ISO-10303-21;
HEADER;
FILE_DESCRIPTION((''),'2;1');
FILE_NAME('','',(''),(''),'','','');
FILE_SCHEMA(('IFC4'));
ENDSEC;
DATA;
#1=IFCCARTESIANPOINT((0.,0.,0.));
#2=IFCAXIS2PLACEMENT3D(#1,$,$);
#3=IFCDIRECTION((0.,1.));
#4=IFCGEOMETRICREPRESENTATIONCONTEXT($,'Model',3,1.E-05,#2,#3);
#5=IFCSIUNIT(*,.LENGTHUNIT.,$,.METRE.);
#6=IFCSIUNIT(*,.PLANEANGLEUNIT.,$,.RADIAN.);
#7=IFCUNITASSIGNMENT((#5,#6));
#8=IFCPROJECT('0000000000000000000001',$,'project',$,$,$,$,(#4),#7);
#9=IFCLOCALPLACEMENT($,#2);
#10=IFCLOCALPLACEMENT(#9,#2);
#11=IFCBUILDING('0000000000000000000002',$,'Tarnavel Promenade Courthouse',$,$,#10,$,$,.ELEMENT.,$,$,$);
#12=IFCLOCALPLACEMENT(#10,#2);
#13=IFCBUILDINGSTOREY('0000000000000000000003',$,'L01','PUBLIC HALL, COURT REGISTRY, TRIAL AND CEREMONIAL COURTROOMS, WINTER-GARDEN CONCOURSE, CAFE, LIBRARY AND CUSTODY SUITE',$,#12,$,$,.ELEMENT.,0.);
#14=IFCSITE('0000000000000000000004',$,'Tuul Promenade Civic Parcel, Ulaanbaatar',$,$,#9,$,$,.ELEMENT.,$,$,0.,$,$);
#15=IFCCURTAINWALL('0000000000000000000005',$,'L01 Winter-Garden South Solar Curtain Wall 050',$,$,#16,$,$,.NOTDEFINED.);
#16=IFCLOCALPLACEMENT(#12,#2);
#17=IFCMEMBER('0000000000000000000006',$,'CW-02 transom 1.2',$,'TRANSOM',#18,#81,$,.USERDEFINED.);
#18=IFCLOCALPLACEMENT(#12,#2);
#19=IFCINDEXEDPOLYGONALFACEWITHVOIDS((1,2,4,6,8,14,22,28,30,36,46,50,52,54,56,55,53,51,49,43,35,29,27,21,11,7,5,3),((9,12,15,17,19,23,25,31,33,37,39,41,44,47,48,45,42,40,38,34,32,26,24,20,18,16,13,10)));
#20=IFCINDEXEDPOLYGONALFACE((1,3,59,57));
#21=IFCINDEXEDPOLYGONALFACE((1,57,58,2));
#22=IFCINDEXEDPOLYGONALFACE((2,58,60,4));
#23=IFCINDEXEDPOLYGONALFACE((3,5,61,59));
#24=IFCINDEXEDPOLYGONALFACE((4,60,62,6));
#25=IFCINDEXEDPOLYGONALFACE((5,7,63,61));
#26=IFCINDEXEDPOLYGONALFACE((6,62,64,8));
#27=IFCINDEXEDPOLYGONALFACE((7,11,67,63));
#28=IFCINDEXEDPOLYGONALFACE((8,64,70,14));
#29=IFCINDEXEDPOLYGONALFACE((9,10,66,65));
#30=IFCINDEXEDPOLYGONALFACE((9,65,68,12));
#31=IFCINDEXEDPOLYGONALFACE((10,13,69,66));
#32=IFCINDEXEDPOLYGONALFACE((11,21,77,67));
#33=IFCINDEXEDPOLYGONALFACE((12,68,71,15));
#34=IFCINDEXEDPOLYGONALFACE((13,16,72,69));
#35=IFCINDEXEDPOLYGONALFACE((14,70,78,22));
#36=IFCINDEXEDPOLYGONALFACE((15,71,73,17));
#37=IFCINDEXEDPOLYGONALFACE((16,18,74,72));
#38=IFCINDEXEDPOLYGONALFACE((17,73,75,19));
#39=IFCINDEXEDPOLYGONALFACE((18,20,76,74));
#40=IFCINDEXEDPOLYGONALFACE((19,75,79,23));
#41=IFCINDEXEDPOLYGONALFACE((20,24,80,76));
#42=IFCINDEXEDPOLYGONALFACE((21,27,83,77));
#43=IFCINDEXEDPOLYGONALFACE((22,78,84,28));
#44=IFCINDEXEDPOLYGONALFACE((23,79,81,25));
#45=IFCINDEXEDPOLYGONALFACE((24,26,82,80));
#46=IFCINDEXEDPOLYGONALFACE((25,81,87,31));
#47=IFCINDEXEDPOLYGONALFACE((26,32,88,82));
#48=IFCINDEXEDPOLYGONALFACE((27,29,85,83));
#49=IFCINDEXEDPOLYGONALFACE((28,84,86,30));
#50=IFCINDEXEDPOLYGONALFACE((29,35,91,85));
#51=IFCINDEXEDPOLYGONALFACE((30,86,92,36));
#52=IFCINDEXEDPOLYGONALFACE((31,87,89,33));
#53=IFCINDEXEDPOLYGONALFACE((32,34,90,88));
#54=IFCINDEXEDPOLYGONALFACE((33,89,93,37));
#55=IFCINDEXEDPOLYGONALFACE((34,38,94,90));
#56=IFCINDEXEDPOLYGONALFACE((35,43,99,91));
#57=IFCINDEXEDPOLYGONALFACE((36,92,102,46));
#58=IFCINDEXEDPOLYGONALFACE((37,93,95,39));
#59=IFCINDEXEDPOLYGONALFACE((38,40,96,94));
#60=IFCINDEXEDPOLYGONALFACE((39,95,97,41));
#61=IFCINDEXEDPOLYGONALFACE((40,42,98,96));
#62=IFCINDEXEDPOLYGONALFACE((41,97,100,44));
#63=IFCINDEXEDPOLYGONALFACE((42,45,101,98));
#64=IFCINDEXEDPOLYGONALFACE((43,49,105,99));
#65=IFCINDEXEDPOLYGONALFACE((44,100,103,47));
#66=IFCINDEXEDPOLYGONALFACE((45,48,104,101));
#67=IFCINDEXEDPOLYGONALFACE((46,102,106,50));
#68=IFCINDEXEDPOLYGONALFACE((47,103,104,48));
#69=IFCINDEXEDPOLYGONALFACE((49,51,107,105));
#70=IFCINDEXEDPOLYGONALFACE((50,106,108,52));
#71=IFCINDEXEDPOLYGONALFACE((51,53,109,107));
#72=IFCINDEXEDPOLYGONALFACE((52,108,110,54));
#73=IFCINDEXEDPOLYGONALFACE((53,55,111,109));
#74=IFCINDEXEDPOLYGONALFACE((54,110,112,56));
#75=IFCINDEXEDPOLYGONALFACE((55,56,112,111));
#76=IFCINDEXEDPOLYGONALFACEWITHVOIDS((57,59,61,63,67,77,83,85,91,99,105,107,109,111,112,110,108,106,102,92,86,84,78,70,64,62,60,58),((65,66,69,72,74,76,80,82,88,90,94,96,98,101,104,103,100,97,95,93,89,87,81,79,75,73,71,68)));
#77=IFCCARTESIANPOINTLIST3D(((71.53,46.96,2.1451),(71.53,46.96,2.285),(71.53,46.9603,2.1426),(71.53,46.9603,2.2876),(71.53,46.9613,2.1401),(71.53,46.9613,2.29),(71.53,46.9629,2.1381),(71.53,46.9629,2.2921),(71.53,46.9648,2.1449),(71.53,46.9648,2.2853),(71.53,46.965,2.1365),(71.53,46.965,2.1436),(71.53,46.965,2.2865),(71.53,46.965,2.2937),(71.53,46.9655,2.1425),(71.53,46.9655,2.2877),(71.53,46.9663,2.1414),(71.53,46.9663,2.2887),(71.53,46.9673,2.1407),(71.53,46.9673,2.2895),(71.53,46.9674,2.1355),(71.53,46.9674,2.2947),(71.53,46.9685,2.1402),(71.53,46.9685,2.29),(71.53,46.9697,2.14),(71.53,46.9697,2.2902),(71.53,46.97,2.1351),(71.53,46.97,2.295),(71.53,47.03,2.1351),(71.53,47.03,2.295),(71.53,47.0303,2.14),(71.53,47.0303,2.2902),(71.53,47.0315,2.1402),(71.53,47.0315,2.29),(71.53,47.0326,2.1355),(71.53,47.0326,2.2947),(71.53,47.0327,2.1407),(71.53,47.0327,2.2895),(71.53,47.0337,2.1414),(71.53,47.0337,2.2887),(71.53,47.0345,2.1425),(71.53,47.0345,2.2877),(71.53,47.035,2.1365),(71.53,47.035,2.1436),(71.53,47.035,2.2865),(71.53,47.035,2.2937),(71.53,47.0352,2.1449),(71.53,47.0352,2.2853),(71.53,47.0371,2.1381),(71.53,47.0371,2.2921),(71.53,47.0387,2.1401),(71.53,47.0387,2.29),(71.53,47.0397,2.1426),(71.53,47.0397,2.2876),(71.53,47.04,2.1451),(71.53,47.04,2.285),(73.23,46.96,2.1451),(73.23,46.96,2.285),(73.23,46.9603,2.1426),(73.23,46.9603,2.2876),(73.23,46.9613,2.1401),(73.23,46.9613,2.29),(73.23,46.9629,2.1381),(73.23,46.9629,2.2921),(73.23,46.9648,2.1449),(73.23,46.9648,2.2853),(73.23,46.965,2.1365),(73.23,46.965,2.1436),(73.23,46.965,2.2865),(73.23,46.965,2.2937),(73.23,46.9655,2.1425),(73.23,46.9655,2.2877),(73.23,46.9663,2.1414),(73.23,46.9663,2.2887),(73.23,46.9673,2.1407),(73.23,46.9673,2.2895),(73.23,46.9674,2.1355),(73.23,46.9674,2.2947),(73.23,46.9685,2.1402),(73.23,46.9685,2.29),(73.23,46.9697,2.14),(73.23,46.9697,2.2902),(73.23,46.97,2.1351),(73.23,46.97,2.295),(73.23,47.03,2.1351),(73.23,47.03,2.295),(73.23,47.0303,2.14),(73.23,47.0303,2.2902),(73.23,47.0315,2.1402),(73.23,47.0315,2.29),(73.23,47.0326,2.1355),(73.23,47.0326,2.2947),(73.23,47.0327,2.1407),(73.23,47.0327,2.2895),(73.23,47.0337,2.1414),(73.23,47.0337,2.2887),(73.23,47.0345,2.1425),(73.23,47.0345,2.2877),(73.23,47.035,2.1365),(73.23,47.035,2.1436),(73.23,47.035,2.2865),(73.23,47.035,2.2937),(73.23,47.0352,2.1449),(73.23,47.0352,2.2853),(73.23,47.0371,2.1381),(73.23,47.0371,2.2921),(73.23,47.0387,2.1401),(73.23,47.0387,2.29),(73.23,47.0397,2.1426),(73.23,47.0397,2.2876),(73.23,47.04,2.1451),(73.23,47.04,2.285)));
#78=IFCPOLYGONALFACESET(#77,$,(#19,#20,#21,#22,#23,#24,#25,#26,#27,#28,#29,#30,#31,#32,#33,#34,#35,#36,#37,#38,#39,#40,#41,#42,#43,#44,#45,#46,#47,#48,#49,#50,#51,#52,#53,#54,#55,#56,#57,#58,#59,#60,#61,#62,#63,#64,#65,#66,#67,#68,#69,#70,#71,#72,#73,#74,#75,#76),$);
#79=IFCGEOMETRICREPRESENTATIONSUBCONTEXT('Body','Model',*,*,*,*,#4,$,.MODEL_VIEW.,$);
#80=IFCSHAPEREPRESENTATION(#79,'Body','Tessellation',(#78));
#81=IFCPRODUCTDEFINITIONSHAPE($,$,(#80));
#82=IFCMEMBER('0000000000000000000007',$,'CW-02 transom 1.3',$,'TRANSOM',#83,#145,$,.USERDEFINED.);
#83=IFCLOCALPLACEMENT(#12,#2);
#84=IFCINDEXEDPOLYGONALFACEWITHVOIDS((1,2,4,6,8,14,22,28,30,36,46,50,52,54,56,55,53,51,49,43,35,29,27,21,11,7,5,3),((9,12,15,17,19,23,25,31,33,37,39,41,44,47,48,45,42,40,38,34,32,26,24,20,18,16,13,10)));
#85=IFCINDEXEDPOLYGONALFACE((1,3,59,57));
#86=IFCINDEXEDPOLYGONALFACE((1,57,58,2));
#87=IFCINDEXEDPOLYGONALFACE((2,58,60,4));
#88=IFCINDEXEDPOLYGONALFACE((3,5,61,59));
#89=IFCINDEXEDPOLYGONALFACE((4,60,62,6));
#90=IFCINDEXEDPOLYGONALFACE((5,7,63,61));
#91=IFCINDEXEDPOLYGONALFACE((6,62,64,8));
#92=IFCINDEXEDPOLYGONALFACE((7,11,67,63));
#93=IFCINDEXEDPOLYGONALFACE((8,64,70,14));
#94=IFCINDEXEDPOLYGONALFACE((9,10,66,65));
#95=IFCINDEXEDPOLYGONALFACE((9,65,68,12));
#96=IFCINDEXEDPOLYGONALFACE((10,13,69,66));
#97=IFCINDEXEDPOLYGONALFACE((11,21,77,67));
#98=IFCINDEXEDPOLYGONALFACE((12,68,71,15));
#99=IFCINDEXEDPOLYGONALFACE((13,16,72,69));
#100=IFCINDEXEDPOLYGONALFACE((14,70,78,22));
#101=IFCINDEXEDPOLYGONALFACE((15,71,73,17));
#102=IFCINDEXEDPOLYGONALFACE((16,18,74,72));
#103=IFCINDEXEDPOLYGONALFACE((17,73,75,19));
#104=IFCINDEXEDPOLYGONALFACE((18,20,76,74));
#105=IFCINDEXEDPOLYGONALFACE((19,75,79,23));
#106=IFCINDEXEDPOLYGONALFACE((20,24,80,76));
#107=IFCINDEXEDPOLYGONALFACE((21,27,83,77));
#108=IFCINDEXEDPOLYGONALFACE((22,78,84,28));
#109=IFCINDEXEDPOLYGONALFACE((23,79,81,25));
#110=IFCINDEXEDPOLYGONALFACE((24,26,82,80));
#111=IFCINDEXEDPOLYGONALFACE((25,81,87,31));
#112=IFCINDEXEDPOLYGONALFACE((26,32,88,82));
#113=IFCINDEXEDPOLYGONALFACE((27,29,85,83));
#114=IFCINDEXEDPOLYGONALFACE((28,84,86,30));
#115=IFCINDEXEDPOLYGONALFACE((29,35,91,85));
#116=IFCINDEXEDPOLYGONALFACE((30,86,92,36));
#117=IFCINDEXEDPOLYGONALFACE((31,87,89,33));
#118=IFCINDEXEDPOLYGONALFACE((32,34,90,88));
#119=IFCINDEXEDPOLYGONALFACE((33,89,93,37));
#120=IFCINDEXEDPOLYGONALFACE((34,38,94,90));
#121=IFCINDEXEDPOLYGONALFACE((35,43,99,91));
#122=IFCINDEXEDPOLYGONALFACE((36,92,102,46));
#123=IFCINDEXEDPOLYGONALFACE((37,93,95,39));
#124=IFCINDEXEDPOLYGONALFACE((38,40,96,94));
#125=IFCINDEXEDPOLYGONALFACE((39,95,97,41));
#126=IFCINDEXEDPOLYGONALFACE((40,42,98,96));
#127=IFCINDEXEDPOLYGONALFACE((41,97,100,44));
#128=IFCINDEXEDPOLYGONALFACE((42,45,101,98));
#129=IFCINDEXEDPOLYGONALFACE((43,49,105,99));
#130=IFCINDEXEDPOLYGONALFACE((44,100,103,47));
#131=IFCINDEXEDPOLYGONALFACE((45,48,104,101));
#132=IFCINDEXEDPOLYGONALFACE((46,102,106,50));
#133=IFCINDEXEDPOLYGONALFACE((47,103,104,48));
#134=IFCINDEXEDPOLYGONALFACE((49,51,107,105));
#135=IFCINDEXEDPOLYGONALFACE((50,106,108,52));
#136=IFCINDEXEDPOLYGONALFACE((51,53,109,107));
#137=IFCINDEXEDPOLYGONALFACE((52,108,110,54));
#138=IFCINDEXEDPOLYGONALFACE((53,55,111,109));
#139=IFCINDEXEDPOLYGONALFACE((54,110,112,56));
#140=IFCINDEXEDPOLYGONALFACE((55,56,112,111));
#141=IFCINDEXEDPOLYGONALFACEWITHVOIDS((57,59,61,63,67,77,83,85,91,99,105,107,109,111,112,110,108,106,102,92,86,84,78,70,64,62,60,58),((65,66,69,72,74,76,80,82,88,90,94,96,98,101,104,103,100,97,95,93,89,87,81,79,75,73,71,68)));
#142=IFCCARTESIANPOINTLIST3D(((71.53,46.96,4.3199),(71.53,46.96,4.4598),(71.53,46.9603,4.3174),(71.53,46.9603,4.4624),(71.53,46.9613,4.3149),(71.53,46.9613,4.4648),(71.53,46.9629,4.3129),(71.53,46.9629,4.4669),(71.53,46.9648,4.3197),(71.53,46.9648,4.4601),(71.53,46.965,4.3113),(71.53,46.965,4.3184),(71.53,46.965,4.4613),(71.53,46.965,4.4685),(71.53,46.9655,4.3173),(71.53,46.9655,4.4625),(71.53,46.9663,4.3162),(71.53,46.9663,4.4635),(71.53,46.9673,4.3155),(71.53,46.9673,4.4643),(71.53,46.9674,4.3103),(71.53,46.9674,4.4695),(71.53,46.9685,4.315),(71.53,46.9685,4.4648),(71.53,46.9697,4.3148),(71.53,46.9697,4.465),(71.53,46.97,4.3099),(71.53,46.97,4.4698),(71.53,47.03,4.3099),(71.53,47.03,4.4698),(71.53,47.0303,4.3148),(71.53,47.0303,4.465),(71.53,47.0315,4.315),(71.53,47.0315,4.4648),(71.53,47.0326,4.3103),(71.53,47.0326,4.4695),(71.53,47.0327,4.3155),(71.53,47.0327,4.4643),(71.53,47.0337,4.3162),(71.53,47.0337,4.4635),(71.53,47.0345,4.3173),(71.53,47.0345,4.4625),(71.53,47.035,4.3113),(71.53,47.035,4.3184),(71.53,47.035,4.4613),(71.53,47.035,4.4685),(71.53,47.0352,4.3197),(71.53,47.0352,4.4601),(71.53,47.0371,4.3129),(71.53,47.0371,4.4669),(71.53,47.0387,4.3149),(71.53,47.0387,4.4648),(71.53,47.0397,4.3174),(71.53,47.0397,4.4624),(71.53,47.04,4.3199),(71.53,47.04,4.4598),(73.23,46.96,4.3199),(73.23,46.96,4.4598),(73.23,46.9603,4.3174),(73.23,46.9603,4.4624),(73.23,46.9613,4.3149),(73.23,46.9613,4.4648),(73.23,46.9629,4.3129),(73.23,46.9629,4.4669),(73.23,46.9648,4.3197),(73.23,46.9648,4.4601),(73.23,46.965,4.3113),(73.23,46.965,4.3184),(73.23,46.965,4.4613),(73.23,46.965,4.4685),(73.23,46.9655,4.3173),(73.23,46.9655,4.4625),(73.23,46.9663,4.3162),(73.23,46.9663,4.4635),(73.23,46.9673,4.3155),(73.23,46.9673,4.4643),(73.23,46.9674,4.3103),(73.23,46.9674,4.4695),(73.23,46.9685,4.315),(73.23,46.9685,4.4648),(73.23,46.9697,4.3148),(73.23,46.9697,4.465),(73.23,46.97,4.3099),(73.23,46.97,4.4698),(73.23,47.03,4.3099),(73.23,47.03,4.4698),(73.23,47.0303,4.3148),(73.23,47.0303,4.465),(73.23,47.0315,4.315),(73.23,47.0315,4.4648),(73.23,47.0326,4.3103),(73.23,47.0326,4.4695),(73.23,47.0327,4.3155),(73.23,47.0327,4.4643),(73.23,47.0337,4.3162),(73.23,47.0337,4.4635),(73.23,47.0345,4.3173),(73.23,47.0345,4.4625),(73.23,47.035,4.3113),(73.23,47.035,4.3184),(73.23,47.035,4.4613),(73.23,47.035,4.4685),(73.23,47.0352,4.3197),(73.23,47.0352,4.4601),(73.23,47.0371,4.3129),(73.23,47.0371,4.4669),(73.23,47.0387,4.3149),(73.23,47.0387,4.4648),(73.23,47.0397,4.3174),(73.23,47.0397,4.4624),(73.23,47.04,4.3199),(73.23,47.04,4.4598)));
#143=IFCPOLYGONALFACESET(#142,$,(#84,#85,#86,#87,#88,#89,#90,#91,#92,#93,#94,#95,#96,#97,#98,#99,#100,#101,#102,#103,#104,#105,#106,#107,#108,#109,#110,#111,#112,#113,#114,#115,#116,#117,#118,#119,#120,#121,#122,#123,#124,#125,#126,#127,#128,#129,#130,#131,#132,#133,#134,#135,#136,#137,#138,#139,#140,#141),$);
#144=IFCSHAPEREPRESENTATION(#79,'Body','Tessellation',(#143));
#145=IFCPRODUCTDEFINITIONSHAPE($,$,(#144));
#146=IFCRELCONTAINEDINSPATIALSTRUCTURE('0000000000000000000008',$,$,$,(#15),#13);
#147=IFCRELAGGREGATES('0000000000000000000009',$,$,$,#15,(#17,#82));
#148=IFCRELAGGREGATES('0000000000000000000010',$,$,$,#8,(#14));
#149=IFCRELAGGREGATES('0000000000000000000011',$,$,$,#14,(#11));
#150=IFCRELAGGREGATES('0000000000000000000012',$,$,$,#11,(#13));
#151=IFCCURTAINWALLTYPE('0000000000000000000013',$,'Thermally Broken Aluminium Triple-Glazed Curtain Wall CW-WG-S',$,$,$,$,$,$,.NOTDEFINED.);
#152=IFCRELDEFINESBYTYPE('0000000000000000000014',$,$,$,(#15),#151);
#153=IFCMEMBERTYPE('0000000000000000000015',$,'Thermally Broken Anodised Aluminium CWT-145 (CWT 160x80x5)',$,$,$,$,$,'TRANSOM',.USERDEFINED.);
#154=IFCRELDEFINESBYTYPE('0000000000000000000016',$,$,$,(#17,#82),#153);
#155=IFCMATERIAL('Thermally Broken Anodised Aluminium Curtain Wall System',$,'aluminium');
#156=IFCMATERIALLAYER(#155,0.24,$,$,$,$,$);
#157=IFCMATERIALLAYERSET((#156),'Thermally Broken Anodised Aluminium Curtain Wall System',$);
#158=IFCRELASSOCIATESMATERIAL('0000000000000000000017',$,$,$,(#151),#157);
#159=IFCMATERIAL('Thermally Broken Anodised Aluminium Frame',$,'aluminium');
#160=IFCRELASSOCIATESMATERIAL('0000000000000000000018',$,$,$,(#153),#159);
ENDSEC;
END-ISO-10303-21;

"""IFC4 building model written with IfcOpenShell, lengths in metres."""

from ifc_helpers import new_model, si_unit, direction, frame, origin, origin_2d, place, context, subcontext, project, spatial, hollow_rectangle, extrude, material, layer, layer_set, material_profile, profile_set, type_object, element, aggregate, save


model = new_model("IFC4")

# Units and contexts
model_context = context("Model", 3, precision=1e-05, world=origin(), true_north=direction((0.0, 1.0)))
body_context = subcontext(model_context, "Body", "Model", "MODEL_VIEW")
ifc_project = project(units=[si_unit("LENGTHUNIT", "METRE"), si_unit("PLANEANGLEUNIT", "RADIAN")], contexts=[model_context])

# Site, building, storey
site_placement = place(None, origin())
site = spatial("IfcSite", under=ifc_project, at=site_placement, Name="Tuul Promenade Civic Parcel, Ulaanbaatar", CompositionType="ELEMENT", RefElevation=0.0)
building_placement = place(site_placement, origin())
building = spatial("IfcBuilding", under=site, at=building_placement, Name="Tarnavel Promenade Courthouse", CompositionType="ELEMENT")
storey_placement = place(building_placement, origin())
storey = spatial("IfcBuildingStorey", under=building, at=storey_placement, Name="L01", Description="PUBLIC HALL, COURT REGISTRY, TRIAL AND CEREMONIAL COURTROOMS, WINTER-GARDEN CONCOURSE, CAFE, LIBRARY AND CUSTODY SUITE", CompositionType="ELEMENT", Elevation=0.0)

# Shared definitions
ifc_material_1 = material(Name="Thermally Broken Anodised Aluminium Curtain Wall System", Category="aluminium")
ifc_layer_1 = layer(ifc_material_1, 0.24)
ifc_layer_set_1 = layer_set([ifc_layer_1], Name="Thermally Broken Anodised Aluminium Curtain Wall System")
curtain_wall_type = type_object("IfcCurtainWallType", Name="Thermally Broken Aluminium Triple-Glazed Curtain Wall CW-WG-S", PredefinedType="NOTDEFINED", material=ifc_layer_set_1)
ifc_material_2 = material(Name="Thermally Broken Anodised Aluminium Frame", Category="aluminium")

# Curtain wall
curtain_wall_1_placement = place(storey_placement, origin())
curtain_wall_1 = element("IfcCurtainWall", 1, at=curtain_wall_1_placement, inside=storey, type_object=curtain_wall_type, Name="L01 Winter-Garden South Solar Curtain Wall 050", PredefinedType="NOTDEFINED")

# Members
ifc_material_profile_1 = material_profile(ifc_material_2, hollow_rectangle(XDim=0.0801, YDim=0.1599, WallThickness=0.0049, InnerFilletRadius=0.0049, OuterFilletRadius=0.01, at=origin_2d()), Name="CWT 160x80x5")
ifc_profile_set_1 = profile_set([ifc_material_profile_1], Name="Thermally Broken Anodised Aluminium Frame")
member_type_1 = type_object("IfcMemberType", Name="Thermally Broken Anodised Aluminium CWT-145 (CWT 160x80x5)", ElementType="TRANSOM", PredefinedType="USERDEFINED", material=ifc_profile_set_1)
member_1_placement = place(storey_placement, frame((71.53, 47.0, 2.2151), z_axis=(1.0, 0.0, 0.0), x_axis=(0.0, 1.0, 0.0)))
member_1 = element("IfcMember", 2, at=member_1_placement, type_object=member_type_1, Name="CW-02 transom 1.2", ObjectType="TRANSOM", PredefinedType="USERDEFINED", context=body_context, shape_type="SweptSolid", body=[
    extrude(hollow_rectangle(XDim=0.0801, YDim=0.1599, WallThickness=0.0049, InnerFilletRadius=0.0049, OuterFilletRadius=0.01, at=origin_2d()), origin(), (0.0, 0.0, 1.0), 1.7),
])
member_2_placement = place(storey_placement, frame((71.53, 47.0, 4.3899), z_axis=(1.0, 0.0, 0.0), x_axis=(0.0, 1.0, 0.0)))
member_2 = element("IfcMember", 3, at=member_2_placement, type_object=member_type_1, Name="CW-02 transom 1.3", ObjectType="TRANSOM", PredefinedType="USERDEFINED", context=body_context, shape_type="SweptSolid", body=[
    extrude(hollow_rectangle(XDim=0.0801, YDim=0.1599, WallThickness=0.0049, InnerFilletRadius=0.0049, OuterFilletRadius=0.01, at=origin_2d()), origin(), (0.0, 0.0, 1.0), 1.7),
])

aggregate(curtain_wall_1, [member_1, member_2])

save(model, "model.ifc")
